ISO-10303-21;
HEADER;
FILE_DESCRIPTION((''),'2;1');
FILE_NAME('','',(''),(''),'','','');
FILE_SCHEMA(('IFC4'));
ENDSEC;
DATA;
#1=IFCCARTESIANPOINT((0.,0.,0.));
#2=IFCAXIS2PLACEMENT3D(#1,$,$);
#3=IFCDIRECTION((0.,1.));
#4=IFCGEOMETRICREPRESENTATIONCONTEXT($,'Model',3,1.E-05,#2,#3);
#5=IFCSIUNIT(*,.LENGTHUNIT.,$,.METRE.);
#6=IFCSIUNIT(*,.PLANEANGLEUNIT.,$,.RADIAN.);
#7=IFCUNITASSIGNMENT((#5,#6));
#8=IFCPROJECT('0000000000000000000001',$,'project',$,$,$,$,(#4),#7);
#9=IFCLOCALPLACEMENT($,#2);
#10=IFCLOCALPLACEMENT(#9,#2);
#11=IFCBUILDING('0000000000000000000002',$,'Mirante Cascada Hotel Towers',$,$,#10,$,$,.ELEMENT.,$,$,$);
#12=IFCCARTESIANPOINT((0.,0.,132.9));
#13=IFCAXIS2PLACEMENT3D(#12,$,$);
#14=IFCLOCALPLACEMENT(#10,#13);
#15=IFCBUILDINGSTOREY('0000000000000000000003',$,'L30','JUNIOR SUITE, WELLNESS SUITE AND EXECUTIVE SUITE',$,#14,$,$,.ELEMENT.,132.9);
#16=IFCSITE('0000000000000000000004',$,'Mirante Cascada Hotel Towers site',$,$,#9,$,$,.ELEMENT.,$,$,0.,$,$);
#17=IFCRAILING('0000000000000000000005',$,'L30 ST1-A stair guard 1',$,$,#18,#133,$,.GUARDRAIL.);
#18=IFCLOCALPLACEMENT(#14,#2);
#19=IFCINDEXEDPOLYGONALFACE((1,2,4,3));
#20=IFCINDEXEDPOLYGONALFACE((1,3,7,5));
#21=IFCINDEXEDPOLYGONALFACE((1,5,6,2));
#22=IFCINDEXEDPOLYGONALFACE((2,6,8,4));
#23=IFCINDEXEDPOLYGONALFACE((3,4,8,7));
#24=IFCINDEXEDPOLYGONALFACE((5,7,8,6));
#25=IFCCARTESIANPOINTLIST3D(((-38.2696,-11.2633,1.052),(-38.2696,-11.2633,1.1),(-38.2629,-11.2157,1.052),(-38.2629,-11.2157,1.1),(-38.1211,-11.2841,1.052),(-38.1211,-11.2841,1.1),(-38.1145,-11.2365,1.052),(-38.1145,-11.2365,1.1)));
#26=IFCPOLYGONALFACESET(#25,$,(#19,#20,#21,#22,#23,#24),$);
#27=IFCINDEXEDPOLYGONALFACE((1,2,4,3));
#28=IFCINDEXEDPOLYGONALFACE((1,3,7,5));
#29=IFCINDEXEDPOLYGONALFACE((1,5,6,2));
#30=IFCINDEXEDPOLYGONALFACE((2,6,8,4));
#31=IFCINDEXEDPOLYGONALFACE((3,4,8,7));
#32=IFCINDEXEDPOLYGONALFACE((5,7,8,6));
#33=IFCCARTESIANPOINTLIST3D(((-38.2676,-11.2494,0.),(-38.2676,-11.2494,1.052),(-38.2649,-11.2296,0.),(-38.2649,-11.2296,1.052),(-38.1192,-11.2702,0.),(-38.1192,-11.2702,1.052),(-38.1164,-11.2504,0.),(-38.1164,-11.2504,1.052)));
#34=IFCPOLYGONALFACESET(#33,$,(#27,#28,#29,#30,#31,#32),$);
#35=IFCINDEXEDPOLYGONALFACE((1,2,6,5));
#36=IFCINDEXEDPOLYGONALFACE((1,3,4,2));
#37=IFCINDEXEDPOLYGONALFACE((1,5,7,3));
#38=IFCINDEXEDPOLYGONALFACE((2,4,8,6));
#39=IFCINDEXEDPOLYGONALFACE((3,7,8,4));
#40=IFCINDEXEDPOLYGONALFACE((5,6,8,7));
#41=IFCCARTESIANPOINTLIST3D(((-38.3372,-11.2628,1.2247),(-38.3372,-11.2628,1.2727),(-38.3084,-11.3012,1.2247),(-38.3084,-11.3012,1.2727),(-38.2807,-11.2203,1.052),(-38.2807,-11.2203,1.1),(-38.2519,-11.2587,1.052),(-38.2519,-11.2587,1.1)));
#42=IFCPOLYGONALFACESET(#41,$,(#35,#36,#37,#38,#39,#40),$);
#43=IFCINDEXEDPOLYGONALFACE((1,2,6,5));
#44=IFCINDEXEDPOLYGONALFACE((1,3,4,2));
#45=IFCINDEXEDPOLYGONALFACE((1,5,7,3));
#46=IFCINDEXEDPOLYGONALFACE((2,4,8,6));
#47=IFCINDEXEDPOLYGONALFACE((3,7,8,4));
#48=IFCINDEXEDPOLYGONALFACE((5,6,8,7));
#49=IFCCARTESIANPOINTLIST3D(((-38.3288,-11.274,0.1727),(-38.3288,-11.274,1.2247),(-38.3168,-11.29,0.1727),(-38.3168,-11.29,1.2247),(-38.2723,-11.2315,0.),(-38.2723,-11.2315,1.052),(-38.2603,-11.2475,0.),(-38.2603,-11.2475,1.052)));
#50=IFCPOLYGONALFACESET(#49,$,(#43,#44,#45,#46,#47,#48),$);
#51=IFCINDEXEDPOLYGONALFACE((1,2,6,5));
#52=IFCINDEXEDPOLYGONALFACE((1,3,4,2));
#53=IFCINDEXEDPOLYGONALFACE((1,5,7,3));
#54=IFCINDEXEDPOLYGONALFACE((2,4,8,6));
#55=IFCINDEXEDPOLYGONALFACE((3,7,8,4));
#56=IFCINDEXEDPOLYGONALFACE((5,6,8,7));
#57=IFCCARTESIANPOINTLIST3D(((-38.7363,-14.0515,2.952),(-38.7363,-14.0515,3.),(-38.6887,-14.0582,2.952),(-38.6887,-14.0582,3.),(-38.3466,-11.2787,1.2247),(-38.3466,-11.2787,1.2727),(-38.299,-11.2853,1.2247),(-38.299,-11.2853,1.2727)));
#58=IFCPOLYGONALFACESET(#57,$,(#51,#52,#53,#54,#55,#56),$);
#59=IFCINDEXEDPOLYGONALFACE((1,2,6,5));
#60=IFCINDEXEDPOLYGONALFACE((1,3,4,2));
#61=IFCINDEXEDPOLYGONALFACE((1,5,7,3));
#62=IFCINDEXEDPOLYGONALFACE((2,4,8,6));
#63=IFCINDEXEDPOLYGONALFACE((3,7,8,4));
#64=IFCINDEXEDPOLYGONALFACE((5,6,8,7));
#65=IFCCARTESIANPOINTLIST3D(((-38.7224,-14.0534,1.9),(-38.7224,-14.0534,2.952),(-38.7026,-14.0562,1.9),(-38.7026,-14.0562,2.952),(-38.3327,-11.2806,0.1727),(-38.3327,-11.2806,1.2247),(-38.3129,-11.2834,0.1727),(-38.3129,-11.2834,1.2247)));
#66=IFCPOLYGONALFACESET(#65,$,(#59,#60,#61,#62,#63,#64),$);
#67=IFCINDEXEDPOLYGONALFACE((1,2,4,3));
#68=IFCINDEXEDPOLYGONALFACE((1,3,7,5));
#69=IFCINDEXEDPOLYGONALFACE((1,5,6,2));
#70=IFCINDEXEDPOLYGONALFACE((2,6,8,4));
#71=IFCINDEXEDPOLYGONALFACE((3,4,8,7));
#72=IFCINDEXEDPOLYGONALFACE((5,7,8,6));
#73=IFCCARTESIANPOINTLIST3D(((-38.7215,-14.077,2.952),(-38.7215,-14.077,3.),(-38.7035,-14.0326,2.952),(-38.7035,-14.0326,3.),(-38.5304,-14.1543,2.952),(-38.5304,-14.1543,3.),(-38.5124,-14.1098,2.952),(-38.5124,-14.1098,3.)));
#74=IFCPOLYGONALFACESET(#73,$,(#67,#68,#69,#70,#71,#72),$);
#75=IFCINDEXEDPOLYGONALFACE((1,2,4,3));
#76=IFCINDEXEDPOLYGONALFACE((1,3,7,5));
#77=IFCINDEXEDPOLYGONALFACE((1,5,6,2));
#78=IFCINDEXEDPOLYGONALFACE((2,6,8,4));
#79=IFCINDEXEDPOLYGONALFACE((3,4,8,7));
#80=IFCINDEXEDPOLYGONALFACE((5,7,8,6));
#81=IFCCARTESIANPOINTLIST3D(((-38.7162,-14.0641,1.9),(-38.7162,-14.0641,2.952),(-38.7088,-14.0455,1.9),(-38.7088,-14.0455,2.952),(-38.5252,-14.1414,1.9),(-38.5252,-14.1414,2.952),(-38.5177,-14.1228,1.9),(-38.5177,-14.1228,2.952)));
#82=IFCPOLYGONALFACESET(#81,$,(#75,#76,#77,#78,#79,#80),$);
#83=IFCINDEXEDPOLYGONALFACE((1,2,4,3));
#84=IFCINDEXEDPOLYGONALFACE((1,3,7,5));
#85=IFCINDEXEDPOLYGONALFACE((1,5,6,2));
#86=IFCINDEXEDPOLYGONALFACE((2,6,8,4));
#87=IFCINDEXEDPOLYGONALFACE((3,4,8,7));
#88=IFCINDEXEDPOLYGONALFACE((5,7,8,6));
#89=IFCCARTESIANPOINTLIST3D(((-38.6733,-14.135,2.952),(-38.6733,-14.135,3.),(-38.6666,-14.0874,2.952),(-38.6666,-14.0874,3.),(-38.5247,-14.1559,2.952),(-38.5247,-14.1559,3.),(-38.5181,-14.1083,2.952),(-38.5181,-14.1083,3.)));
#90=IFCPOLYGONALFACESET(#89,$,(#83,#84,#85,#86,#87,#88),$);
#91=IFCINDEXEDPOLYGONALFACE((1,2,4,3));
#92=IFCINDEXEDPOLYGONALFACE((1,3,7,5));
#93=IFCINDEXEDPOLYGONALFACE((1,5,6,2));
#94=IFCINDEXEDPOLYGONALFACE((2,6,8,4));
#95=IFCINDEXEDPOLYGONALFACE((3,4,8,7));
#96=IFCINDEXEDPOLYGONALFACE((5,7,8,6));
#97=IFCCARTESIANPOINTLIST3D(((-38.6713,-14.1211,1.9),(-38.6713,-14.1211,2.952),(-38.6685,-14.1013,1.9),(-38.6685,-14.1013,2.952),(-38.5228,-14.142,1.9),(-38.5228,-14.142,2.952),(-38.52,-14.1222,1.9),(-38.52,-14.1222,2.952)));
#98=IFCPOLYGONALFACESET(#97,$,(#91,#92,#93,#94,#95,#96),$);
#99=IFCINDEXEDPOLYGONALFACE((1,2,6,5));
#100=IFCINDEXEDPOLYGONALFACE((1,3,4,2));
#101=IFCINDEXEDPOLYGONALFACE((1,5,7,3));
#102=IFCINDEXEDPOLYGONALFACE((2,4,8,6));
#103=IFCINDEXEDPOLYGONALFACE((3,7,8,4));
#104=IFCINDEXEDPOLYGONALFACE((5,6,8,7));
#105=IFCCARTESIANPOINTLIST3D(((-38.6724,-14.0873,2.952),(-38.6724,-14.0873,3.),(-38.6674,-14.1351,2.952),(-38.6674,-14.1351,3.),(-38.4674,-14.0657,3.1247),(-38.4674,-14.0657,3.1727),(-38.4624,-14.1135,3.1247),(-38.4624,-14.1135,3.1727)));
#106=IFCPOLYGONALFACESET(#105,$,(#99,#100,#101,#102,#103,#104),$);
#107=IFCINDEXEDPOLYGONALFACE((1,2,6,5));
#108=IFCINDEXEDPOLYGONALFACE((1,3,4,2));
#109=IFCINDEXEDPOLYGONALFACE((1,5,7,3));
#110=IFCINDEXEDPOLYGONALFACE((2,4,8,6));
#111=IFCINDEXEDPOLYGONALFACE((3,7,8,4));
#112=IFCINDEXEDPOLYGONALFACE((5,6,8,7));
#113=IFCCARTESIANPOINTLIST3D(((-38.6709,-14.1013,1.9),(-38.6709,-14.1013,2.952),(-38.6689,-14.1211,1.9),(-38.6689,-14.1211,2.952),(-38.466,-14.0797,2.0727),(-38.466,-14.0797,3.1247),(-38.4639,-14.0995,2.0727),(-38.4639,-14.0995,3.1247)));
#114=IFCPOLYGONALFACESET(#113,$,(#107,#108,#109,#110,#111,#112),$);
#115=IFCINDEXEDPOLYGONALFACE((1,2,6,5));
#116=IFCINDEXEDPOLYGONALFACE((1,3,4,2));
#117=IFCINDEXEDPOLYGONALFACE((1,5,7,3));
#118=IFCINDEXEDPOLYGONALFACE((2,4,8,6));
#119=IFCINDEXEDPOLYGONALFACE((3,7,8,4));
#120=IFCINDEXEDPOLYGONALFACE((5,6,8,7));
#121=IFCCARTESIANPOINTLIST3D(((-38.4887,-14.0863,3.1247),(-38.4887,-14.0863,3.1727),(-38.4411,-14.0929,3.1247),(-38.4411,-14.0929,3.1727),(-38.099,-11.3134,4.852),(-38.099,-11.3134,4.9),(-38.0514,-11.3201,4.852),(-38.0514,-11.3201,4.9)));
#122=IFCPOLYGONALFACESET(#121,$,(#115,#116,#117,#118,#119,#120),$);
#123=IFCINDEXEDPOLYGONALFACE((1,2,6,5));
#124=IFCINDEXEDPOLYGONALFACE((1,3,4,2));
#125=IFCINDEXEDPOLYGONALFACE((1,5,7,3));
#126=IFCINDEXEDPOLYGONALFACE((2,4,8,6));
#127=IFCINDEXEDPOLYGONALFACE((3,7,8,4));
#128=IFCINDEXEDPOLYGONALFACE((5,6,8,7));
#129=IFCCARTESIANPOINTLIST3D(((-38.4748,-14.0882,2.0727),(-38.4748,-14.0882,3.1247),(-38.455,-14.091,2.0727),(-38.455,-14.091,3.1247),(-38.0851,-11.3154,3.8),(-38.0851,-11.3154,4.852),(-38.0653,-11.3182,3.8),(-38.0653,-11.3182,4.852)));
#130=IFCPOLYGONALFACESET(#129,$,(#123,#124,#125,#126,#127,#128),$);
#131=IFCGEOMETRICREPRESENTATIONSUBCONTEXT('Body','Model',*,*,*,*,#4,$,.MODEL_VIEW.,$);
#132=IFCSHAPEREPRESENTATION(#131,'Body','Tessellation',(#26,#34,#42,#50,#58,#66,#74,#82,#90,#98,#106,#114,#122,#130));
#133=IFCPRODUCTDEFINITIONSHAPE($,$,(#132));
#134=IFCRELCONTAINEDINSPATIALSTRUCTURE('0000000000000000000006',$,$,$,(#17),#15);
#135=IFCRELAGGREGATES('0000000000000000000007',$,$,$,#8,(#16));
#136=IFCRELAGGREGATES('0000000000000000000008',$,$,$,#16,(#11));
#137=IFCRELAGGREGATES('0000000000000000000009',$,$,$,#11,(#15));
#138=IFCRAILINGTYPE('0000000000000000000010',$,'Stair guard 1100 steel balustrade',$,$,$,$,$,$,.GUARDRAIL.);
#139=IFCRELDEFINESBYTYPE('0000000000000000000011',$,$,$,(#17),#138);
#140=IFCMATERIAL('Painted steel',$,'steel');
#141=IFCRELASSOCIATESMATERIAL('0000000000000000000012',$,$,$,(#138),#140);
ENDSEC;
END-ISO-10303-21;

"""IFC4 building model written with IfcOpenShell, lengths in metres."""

from ifc_helpers import new_model, si_unit, direction, frame, origin, origin_2d, place, context, subcontext, project, spatial, rectangle, extrude, material, type_object, element, save


model = new_model("IFC4")

# Units and contexts
model_context = context("Model", 3, precision=1e-05, world=origin(), true_north=direction((0.0, 1.0)))
body_context = subcontext(model_context, "Body", "Model", "MODEL_VIEW")
ifc_project = project(units=[si_unit("LENGTHUNIT", "METRE"), si_unit("PLANEANGLEUNIT", "RADIAN")], contexts=[model_context])

# Site, building, storey
site_placement = place(None, origin())
site = spatial("IfcSite", under=ifc_project, at=site_placement, Name="Mirante Cascada Hotel Towers site", CompositionType="ELEMENT", RefElevation=0.0)
building_placement = place(site_placement, origin())
building = spatial("IfcBuilding", under=site, at=building_placement, Name="Mirante Cascada Hotel Towers", CompositionType="ELEMENT")
storey_placement = place(building_placement, frame((0.0, 0.0, 132.9)))
storey = spatial("IfcBuildingStorey", under=building, at=storey_placement, Name="L30", Description="JUNIOR SUITE, WELLNESS SUITE AND EXECUTIVE SUITE", CompositionType="ELEMENT", Elevation=132.9)

# Railing
ifc_material_1 = material(Name="Painted steel", Category="steel")
railing_type = type_object("IfcRailingType", Name="Stair guard 1100 steel balustrade", PredefinedType="GUARDRAIL", material=ifc_material_1)
railing_placement = place(storey_placement, frame((-38.1178, -11.2603, 0.0)))
element("IfcRailing", 1, at=railing_placement, inside=storey, type_object=railing_type, Name="L30 ST1-A stair guard 1", PredefinedType="GUARDRAIL", context=body_context, shape_type="SweptSolid", body=[
    extrude(rectangle(XDim=0.048, YDim=0.048, at=origin_2d()), frame((0.0, 0.0, 1.076), z_axis=(-0.990333, 0.138713, 0.0), x_axis=(-0.138713, -0.990333, 0.0)), (0.0, 0.0, 1.0), 0.1499),
    extrude(rectangle(XDim=0.02, YDim=1.052, at=origin_2d()), frame((0.0, 0.0, 0.526), z_axis=(-0.990333, 0.138713, 0.0), x_axis=(-0.138713, -0.990333, 0.0)), (0.0, 0.0, 1.0), 0.1499),
    extrude(rectangle(XDim=0.048, YDim=0.048, at=origin_2d()), frame((-0.1485, 0.0208, 1.076), z_axis=(-0.79915, -0.601131, 0.0), x_axis=(0.601131, -0.79915, 0.0)), (0.0, 0.925453, 0.378863), 0.1866),
    extrude(rectangle(XDim=0.02, YDim=1.052, at=origin_2d()), frame((-0.1485, 0.0208, 0.526), z_axis=(-0.79915, -0.601131, 0.0), x_axis=(0.601131, -0.79915, 0.0)), (0.0, 0.925453, 0.378863), 0.1866),
    extrude(rectangle(XDim=0.048, YDim=0.048, at=origin_2d()), frame((-0.205, -0.0217, 1.2487), z_axis=(-0.139176, -0.990268, 0.0), x_axis=(0.990268, -0.139176, 0.0)), (0.0, 0.525021, 0.851089), 3.29),
    extrude(rectangle(XDim=0.02, YDim=1.052, at=origin_2d()), frame((-0.205, -0.0217, 0.6987), z_axis=(-0.139176, -0.990268, 0.0), x_axis=(0.990268, -0.139176, 0.0)), (0.0, 0.525021, 0.851089), 3.29),
    extrude(rectangle(XDim=0.048, YDim=0.048, at=origin_2d()), frame((-0.5947, -2.7945, 2.976), z_axis=(0.927031, -0.374984, 0.0), x_axis=(0.374984, 0.927031, 0.0)), (0.0, 0.0, 1.0), 0.2061),
    extrude(rectangle(XDim=0.02, YDim=1.052, at=origin_2d()), frame((-0.5947, -2.7945, 2.426), z_axis=(0.927031, -0.374984, 0.0), x_axis=(0.374984, 0.927031, 0.0)), (0.0, 0.0, 1.0), 0.2061),
    extrude(rectangle(XDim=0.048, YDim=0.048, at=origin_2d()), frame((-0.4036, -2.8718, 2.976), z_axis=(-0.990241, 0.139367, 0.0), x_axis=(-0.139367, -0.990241, 0.0)), (0.0, 0.0, 1.0), 0.15),
    extrude(rectangle(XDim=0.02, YDim=1.052, at=origin_2d()), frame((-0.4036, -2.8718, 2.426), z_axis=(-0.990241, 0.139367, 0.0), x_axis=(-0.139367, -0.990241, 0.0)), (0.0, 0.0, 1.0), 0.15),
    extrude(rectangle(XDim=0.048, YDim=0.048, at=origin_2d()), frame((-0.5521, -2.8509, 2.976), z_axis=(0.994495, 0.104786, 0.0), x_axis=(-0.104786, 0.994495, 0.0)), (0.0, 0.642203, 0.766534), 0.2689),
    extrude(rectangle(XDim=0.02, YDim=1.052, at=origin_2d()), frame((-0.5521, -2.8509, 2.426), z_axis=(0.994495, 0.104786, 0.0), x_axis=(-0.104786, 0.994495, 0.0)), (0.0, 0.642203, 0.766534), 0.2689),
    extrude(rectangle(XDim=0.048, YDim=0.048, at=origin_2d()), frame((-0.3471, -2.8293, 3.1487), z_axis=(0.139176, 0.990268, 0.0), x_axis=(-0.990268, 0.139176, 0.0)), (0.0, 0.525021, 0.851089), 3.29),
    extrude(rectangle(XDim=0.02, YDim=1.052, at=origin_2d()), frame((-0.3471, -2.8293, 2.5987), z_axis=(0.139176, 0.990268, 0.0), x_axis=(-0.990268, 0.139176, 0.0)), (0.0, 0.525021, 0.851089), 3.29),
])

save(model, "model.ifc")
